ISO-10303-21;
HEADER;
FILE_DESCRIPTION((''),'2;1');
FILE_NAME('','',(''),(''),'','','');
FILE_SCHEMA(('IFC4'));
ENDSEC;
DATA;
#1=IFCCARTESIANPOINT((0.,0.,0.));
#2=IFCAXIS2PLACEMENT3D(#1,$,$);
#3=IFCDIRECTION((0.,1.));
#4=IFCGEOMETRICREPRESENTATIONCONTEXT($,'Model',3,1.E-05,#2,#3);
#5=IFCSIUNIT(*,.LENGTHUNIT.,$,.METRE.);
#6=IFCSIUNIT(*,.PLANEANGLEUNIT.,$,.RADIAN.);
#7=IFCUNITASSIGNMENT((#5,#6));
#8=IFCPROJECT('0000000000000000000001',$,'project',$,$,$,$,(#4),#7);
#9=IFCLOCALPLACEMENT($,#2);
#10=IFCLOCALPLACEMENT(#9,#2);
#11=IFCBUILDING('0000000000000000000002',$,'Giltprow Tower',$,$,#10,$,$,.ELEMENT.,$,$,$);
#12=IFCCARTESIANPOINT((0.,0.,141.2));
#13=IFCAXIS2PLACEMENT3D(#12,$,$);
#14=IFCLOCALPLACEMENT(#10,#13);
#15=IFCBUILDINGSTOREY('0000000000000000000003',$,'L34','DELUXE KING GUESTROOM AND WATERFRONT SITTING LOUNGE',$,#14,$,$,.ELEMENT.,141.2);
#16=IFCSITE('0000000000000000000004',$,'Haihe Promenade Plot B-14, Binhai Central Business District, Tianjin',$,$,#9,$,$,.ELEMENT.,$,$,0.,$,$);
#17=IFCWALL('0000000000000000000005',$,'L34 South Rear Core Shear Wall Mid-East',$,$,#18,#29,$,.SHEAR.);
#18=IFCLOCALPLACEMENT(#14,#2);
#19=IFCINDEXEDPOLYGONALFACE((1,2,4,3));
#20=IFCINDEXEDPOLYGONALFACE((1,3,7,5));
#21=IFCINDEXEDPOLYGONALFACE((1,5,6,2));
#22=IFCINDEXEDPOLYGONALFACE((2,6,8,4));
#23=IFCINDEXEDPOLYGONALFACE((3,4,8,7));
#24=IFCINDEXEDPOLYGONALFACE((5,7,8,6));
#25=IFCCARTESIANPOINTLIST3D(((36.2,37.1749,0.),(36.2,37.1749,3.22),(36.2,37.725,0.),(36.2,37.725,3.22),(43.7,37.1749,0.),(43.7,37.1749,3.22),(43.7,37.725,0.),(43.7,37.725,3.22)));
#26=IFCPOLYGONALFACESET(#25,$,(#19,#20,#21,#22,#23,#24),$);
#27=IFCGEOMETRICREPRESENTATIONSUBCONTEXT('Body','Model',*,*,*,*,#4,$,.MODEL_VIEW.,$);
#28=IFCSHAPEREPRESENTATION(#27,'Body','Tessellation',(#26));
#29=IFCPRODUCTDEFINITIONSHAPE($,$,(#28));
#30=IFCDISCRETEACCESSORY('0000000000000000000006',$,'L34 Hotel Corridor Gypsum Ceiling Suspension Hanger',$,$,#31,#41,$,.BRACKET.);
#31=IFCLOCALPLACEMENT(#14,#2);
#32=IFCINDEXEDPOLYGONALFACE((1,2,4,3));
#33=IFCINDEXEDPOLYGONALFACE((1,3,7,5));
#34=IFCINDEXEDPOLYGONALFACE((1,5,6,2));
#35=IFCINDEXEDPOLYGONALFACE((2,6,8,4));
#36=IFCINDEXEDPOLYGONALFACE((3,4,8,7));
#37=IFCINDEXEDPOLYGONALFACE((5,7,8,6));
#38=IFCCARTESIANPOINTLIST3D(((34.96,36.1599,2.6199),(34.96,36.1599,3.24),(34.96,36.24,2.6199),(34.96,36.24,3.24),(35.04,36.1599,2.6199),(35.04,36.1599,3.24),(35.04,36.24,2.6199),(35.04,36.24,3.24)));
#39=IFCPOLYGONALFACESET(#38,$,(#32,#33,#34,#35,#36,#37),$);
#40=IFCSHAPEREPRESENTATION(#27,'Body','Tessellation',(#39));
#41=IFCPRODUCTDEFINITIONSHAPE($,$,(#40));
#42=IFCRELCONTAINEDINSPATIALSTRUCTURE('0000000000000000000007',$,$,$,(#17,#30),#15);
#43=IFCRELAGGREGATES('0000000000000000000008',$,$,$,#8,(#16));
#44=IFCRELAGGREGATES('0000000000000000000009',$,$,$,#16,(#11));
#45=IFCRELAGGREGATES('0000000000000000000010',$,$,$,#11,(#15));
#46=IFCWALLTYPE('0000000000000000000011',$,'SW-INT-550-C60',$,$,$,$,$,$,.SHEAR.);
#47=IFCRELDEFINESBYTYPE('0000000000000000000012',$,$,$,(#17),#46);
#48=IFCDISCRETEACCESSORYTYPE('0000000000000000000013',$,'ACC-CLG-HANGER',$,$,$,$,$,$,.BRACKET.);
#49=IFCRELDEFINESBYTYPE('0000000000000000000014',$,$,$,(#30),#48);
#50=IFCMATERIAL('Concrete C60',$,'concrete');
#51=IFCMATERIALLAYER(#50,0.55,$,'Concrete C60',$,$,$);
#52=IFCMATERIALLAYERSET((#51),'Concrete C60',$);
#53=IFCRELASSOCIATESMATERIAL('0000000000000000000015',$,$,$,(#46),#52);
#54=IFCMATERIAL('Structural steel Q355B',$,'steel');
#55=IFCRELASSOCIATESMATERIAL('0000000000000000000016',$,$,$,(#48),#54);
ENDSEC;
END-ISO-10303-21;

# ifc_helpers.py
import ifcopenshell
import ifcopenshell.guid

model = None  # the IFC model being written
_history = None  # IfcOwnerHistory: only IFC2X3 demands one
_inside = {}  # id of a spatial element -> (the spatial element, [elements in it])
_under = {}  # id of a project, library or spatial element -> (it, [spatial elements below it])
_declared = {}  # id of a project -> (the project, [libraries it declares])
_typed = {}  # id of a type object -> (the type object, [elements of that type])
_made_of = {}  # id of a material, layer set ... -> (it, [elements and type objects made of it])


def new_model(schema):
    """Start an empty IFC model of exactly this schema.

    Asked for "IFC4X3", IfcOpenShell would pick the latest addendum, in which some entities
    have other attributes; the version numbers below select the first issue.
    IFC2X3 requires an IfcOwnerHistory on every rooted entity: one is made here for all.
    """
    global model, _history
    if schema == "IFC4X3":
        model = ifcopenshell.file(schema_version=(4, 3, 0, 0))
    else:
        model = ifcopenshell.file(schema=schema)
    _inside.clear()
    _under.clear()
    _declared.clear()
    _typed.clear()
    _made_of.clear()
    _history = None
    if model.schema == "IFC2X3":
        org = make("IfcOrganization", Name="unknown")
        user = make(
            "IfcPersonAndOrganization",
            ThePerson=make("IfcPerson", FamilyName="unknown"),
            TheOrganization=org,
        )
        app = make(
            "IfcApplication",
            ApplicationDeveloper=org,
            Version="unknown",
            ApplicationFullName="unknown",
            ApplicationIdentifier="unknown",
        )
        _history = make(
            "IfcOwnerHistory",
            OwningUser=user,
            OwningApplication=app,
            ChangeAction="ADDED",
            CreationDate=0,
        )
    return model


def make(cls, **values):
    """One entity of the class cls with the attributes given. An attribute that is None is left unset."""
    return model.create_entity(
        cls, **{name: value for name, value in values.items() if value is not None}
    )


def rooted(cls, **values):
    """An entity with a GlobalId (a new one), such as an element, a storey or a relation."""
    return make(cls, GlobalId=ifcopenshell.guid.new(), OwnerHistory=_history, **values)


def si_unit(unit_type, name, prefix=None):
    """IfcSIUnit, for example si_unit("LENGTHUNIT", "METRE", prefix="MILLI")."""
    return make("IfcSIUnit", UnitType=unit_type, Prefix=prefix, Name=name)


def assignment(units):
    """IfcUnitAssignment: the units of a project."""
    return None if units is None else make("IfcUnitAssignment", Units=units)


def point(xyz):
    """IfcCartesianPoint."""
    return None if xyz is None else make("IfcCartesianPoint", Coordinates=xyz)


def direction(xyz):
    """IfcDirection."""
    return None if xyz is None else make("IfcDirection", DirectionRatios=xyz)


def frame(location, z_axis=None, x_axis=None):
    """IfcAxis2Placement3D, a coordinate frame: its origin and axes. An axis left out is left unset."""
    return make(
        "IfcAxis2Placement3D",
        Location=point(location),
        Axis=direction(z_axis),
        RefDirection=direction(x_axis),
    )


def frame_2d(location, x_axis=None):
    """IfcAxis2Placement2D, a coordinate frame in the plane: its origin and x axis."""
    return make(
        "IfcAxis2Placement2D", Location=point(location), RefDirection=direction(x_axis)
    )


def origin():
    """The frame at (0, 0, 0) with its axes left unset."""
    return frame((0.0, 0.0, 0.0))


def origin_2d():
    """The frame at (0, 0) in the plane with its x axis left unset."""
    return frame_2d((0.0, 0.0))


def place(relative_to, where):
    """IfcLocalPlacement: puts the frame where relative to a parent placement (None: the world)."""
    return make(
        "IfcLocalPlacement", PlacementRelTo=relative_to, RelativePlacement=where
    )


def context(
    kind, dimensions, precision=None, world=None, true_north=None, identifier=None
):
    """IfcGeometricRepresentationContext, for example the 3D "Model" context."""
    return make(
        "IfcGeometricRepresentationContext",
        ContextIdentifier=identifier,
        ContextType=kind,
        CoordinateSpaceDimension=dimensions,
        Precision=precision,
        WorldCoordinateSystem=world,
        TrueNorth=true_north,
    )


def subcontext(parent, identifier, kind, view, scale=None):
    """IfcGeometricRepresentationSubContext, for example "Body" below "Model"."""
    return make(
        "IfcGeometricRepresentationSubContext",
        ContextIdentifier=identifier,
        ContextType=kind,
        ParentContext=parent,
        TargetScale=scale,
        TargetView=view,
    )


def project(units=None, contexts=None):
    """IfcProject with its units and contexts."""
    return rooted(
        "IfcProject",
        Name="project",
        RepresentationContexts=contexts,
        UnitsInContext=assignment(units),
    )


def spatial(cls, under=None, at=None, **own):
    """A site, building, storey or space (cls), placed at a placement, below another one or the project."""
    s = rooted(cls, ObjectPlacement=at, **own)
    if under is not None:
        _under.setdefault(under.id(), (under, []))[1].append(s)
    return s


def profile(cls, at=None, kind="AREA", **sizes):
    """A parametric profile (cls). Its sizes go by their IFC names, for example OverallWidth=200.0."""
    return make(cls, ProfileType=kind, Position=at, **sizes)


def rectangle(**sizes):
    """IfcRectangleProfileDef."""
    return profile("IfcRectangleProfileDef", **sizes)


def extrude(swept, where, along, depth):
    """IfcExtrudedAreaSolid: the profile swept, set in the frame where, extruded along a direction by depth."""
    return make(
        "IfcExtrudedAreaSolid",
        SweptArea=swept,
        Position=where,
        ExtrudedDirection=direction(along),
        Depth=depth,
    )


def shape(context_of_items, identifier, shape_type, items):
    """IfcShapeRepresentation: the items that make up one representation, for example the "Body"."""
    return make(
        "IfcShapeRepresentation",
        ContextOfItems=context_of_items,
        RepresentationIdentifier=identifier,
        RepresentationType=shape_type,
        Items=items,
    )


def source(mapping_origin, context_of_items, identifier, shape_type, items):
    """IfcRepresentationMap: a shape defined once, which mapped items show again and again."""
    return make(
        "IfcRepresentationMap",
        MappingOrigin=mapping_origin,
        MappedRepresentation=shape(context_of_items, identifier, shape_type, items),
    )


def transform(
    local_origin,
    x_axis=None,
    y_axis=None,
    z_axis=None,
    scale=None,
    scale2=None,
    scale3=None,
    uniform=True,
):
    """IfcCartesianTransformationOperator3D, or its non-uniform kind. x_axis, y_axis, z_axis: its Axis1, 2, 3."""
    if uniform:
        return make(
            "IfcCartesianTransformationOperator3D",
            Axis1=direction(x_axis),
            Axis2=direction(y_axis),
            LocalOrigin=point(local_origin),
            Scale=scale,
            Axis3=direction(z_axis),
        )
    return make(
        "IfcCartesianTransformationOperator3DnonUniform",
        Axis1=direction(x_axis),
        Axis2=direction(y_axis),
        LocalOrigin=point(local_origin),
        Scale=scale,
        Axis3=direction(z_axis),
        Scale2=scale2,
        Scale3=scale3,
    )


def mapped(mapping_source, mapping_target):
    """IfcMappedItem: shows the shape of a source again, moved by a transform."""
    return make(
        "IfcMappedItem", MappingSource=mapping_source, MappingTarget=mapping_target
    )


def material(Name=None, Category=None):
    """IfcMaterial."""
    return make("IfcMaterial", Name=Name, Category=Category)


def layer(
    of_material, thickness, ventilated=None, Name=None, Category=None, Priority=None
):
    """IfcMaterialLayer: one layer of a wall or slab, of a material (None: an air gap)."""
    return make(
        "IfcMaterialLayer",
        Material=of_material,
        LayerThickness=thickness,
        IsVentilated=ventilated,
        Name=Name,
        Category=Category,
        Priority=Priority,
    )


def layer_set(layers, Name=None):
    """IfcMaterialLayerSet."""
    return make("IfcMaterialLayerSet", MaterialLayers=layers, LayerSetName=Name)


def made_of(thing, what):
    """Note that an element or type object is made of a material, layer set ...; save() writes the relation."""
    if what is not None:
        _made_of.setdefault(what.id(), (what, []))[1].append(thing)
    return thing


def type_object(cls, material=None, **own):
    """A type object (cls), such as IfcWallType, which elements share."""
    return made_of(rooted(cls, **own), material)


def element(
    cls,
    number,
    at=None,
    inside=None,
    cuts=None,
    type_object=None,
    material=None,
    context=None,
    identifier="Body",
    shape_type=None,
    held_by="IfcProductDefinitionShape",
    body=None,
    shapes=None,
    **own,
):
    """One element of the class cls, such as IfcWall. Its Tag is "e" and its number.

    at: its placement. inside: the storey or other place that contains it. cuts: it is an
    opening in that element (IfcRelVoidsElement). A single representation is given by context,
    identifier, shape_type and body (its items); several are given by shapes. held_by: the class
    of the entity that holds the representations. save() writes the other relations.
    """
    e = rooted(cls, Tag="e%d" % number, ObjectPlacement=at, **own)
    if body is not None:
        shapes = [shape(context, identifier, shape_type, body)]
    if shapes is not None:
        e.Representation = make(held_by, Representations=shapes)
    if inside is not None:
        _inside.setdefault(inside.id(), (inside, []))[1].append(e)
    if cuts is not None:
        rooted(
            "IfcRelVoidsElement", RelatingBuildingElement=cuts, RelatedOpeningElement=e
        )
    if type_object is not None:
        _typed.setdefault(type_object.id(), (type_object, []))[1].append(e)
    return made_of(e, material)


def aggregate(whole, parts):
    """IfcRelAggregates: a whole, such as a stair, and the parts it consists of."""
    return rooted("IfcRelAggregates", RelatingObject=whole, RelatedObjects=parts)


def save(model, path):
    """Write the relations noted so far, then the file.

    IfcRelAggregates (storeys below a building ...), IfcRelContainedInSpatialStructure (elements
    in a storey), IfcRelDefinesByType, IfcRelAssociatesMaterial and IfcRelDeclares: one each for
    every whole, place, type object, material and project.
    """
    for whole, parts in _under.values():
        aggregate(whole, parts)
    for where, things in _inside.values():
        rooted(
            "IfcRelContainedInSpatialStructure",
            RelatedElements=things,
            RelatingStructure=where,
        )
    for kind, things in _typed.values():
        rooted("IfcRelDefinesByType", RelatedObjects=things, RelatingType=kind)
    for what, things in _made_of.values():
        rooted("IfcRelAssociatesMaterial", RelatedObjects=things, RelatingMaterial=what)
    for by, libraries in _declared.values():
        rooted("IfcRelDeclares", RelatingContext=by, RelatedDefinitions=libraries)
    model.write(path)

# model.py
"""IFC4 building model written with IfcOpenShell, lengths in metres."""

from ifc_helpers import new_model, si_unit, direction, frame, frame_2d, origin, origin_2d, place, context, subcontext, project, spatial, rectangle, extrude, source, transform, mapped, material, layer, layer_set, type_object, element, save


model = new_model("IFC4")

# Units and contexts
model_context = context("Model", 3, precision=1e-05, world=origin(), true_north=direction((0.0, 1.0)))
body_context = subcontext(model_context, "Body", "Model", "MODEL_VIEW")
ifc_project = project(units=[si_unit("LENGTHUNIT", "METRE"), si_unit("PLANEANGLEUNIT", "RADIAN")], contexts=[model_context])

# Site, building, storey
site_placement = place(None, origin())
site = spatial("IfcSite", under=ifc_project, at=site_placement, Name="Haihe Promenade Plot B-14, Binhai Central Business District, Tianjin", CompositionType="ELEMENT", RefElevation=0.0)
building_placement = place(site_placement, origin())
building = spatial("IfcBuilding", under=site, at=building_placement, Name="Giltprow Tower", CompositionType="ELEMENT")
storey_placement = place(building_placement, frame((0.0, 0.0, 141.2)))
storey = spatial("IfcBuildingStorey", under=building, at=storey_placement, Name="L34", Description="DELUXE KING GUESTROOM AND WATERFRONT SITTING LOUNGE", CompositionType="ELEMENT", Elevation=141.2)

# Shared definitions
ifc_material_1 = material(Name="Concrete C60", Category="concrete")

# Shared definitions
ifc_material_2 = material(Name="Structural steel Q355B", Category="steel")

# Wall
ifc_layer_1 = layer(ifc_material_1, 0.55, Name="Concrete C60")
ifc_layer_set_1 = layer_set([ifc_layer_1], Name="Concrete C60")
wall_type_1 = type_object("IfcWallType", Name="SW-INT-550-C60", PredefinedType="SHEAR", material=ifc_layer_set_1)
wall_1_placement = place(storey_placement, frame((36.2, 37.45, 0.0), z_axis=(0.0, 0.0, 1.0), x_axis=(1.0, 0.0, 0.0)))
element("IfcWall", 1, at=wall_1_placement, inside=storey, type_object=wall_type_1, Name="L34 South Rear Core Shear Wall Mid-East", PredefinedType="SHEAR", context=body_context, shape_type="SweptSolid", body=[
    extrude(rectangle(XDim=7.5, YDim=0.55, at=frame_2d((3.75, 0.0))), origin(), (0.0, 0.0, 1.0), 3.22),
])

# Discrete accessory
discrete_accessory_type = type_object("IfcDiscreteAccessoryType", Name="ACC-CLG-HANGER", PredefinedType="BRACKET", material=ifc_material_2)
shared_shape_1 = source(origin(), body_context, "Body", "SweptSolid", [
    extrude(rectangle(XDim=0.0801, YDim=0.0801, at=origin_2d()), origin(), (0.0, 0.0, 1.0), 0.6201),
])
discrete_accessory_placement = place(storey_placement, frame((35.0, 36.2, 2.6199), z_axis=(0.0, 0.0, 1.0), x_axis=(1.0, 0.0, 0.0)))
element("IfcDiscreteAccessory", 2, at=discrete_accessory_placement, inside=storey, type_object=discrete_accessory_type, Name="L34 Hotel Corridor Gypsum Ceiling Suspension Hanger", PredefinedType="BRACKET", context=body_context, shape_type="MappedRepresentation", body=[
    mapped(shared_shape_1, transform((0.0, 0.0, 0.0), x_axis=(1.0, 0.0, 0.0), y_axis=(0.0, 1.0, 0.0), z_axis=(0.0, 0.0, 1.0), scale=1.0)),
])

save(model, "model.ifc")
